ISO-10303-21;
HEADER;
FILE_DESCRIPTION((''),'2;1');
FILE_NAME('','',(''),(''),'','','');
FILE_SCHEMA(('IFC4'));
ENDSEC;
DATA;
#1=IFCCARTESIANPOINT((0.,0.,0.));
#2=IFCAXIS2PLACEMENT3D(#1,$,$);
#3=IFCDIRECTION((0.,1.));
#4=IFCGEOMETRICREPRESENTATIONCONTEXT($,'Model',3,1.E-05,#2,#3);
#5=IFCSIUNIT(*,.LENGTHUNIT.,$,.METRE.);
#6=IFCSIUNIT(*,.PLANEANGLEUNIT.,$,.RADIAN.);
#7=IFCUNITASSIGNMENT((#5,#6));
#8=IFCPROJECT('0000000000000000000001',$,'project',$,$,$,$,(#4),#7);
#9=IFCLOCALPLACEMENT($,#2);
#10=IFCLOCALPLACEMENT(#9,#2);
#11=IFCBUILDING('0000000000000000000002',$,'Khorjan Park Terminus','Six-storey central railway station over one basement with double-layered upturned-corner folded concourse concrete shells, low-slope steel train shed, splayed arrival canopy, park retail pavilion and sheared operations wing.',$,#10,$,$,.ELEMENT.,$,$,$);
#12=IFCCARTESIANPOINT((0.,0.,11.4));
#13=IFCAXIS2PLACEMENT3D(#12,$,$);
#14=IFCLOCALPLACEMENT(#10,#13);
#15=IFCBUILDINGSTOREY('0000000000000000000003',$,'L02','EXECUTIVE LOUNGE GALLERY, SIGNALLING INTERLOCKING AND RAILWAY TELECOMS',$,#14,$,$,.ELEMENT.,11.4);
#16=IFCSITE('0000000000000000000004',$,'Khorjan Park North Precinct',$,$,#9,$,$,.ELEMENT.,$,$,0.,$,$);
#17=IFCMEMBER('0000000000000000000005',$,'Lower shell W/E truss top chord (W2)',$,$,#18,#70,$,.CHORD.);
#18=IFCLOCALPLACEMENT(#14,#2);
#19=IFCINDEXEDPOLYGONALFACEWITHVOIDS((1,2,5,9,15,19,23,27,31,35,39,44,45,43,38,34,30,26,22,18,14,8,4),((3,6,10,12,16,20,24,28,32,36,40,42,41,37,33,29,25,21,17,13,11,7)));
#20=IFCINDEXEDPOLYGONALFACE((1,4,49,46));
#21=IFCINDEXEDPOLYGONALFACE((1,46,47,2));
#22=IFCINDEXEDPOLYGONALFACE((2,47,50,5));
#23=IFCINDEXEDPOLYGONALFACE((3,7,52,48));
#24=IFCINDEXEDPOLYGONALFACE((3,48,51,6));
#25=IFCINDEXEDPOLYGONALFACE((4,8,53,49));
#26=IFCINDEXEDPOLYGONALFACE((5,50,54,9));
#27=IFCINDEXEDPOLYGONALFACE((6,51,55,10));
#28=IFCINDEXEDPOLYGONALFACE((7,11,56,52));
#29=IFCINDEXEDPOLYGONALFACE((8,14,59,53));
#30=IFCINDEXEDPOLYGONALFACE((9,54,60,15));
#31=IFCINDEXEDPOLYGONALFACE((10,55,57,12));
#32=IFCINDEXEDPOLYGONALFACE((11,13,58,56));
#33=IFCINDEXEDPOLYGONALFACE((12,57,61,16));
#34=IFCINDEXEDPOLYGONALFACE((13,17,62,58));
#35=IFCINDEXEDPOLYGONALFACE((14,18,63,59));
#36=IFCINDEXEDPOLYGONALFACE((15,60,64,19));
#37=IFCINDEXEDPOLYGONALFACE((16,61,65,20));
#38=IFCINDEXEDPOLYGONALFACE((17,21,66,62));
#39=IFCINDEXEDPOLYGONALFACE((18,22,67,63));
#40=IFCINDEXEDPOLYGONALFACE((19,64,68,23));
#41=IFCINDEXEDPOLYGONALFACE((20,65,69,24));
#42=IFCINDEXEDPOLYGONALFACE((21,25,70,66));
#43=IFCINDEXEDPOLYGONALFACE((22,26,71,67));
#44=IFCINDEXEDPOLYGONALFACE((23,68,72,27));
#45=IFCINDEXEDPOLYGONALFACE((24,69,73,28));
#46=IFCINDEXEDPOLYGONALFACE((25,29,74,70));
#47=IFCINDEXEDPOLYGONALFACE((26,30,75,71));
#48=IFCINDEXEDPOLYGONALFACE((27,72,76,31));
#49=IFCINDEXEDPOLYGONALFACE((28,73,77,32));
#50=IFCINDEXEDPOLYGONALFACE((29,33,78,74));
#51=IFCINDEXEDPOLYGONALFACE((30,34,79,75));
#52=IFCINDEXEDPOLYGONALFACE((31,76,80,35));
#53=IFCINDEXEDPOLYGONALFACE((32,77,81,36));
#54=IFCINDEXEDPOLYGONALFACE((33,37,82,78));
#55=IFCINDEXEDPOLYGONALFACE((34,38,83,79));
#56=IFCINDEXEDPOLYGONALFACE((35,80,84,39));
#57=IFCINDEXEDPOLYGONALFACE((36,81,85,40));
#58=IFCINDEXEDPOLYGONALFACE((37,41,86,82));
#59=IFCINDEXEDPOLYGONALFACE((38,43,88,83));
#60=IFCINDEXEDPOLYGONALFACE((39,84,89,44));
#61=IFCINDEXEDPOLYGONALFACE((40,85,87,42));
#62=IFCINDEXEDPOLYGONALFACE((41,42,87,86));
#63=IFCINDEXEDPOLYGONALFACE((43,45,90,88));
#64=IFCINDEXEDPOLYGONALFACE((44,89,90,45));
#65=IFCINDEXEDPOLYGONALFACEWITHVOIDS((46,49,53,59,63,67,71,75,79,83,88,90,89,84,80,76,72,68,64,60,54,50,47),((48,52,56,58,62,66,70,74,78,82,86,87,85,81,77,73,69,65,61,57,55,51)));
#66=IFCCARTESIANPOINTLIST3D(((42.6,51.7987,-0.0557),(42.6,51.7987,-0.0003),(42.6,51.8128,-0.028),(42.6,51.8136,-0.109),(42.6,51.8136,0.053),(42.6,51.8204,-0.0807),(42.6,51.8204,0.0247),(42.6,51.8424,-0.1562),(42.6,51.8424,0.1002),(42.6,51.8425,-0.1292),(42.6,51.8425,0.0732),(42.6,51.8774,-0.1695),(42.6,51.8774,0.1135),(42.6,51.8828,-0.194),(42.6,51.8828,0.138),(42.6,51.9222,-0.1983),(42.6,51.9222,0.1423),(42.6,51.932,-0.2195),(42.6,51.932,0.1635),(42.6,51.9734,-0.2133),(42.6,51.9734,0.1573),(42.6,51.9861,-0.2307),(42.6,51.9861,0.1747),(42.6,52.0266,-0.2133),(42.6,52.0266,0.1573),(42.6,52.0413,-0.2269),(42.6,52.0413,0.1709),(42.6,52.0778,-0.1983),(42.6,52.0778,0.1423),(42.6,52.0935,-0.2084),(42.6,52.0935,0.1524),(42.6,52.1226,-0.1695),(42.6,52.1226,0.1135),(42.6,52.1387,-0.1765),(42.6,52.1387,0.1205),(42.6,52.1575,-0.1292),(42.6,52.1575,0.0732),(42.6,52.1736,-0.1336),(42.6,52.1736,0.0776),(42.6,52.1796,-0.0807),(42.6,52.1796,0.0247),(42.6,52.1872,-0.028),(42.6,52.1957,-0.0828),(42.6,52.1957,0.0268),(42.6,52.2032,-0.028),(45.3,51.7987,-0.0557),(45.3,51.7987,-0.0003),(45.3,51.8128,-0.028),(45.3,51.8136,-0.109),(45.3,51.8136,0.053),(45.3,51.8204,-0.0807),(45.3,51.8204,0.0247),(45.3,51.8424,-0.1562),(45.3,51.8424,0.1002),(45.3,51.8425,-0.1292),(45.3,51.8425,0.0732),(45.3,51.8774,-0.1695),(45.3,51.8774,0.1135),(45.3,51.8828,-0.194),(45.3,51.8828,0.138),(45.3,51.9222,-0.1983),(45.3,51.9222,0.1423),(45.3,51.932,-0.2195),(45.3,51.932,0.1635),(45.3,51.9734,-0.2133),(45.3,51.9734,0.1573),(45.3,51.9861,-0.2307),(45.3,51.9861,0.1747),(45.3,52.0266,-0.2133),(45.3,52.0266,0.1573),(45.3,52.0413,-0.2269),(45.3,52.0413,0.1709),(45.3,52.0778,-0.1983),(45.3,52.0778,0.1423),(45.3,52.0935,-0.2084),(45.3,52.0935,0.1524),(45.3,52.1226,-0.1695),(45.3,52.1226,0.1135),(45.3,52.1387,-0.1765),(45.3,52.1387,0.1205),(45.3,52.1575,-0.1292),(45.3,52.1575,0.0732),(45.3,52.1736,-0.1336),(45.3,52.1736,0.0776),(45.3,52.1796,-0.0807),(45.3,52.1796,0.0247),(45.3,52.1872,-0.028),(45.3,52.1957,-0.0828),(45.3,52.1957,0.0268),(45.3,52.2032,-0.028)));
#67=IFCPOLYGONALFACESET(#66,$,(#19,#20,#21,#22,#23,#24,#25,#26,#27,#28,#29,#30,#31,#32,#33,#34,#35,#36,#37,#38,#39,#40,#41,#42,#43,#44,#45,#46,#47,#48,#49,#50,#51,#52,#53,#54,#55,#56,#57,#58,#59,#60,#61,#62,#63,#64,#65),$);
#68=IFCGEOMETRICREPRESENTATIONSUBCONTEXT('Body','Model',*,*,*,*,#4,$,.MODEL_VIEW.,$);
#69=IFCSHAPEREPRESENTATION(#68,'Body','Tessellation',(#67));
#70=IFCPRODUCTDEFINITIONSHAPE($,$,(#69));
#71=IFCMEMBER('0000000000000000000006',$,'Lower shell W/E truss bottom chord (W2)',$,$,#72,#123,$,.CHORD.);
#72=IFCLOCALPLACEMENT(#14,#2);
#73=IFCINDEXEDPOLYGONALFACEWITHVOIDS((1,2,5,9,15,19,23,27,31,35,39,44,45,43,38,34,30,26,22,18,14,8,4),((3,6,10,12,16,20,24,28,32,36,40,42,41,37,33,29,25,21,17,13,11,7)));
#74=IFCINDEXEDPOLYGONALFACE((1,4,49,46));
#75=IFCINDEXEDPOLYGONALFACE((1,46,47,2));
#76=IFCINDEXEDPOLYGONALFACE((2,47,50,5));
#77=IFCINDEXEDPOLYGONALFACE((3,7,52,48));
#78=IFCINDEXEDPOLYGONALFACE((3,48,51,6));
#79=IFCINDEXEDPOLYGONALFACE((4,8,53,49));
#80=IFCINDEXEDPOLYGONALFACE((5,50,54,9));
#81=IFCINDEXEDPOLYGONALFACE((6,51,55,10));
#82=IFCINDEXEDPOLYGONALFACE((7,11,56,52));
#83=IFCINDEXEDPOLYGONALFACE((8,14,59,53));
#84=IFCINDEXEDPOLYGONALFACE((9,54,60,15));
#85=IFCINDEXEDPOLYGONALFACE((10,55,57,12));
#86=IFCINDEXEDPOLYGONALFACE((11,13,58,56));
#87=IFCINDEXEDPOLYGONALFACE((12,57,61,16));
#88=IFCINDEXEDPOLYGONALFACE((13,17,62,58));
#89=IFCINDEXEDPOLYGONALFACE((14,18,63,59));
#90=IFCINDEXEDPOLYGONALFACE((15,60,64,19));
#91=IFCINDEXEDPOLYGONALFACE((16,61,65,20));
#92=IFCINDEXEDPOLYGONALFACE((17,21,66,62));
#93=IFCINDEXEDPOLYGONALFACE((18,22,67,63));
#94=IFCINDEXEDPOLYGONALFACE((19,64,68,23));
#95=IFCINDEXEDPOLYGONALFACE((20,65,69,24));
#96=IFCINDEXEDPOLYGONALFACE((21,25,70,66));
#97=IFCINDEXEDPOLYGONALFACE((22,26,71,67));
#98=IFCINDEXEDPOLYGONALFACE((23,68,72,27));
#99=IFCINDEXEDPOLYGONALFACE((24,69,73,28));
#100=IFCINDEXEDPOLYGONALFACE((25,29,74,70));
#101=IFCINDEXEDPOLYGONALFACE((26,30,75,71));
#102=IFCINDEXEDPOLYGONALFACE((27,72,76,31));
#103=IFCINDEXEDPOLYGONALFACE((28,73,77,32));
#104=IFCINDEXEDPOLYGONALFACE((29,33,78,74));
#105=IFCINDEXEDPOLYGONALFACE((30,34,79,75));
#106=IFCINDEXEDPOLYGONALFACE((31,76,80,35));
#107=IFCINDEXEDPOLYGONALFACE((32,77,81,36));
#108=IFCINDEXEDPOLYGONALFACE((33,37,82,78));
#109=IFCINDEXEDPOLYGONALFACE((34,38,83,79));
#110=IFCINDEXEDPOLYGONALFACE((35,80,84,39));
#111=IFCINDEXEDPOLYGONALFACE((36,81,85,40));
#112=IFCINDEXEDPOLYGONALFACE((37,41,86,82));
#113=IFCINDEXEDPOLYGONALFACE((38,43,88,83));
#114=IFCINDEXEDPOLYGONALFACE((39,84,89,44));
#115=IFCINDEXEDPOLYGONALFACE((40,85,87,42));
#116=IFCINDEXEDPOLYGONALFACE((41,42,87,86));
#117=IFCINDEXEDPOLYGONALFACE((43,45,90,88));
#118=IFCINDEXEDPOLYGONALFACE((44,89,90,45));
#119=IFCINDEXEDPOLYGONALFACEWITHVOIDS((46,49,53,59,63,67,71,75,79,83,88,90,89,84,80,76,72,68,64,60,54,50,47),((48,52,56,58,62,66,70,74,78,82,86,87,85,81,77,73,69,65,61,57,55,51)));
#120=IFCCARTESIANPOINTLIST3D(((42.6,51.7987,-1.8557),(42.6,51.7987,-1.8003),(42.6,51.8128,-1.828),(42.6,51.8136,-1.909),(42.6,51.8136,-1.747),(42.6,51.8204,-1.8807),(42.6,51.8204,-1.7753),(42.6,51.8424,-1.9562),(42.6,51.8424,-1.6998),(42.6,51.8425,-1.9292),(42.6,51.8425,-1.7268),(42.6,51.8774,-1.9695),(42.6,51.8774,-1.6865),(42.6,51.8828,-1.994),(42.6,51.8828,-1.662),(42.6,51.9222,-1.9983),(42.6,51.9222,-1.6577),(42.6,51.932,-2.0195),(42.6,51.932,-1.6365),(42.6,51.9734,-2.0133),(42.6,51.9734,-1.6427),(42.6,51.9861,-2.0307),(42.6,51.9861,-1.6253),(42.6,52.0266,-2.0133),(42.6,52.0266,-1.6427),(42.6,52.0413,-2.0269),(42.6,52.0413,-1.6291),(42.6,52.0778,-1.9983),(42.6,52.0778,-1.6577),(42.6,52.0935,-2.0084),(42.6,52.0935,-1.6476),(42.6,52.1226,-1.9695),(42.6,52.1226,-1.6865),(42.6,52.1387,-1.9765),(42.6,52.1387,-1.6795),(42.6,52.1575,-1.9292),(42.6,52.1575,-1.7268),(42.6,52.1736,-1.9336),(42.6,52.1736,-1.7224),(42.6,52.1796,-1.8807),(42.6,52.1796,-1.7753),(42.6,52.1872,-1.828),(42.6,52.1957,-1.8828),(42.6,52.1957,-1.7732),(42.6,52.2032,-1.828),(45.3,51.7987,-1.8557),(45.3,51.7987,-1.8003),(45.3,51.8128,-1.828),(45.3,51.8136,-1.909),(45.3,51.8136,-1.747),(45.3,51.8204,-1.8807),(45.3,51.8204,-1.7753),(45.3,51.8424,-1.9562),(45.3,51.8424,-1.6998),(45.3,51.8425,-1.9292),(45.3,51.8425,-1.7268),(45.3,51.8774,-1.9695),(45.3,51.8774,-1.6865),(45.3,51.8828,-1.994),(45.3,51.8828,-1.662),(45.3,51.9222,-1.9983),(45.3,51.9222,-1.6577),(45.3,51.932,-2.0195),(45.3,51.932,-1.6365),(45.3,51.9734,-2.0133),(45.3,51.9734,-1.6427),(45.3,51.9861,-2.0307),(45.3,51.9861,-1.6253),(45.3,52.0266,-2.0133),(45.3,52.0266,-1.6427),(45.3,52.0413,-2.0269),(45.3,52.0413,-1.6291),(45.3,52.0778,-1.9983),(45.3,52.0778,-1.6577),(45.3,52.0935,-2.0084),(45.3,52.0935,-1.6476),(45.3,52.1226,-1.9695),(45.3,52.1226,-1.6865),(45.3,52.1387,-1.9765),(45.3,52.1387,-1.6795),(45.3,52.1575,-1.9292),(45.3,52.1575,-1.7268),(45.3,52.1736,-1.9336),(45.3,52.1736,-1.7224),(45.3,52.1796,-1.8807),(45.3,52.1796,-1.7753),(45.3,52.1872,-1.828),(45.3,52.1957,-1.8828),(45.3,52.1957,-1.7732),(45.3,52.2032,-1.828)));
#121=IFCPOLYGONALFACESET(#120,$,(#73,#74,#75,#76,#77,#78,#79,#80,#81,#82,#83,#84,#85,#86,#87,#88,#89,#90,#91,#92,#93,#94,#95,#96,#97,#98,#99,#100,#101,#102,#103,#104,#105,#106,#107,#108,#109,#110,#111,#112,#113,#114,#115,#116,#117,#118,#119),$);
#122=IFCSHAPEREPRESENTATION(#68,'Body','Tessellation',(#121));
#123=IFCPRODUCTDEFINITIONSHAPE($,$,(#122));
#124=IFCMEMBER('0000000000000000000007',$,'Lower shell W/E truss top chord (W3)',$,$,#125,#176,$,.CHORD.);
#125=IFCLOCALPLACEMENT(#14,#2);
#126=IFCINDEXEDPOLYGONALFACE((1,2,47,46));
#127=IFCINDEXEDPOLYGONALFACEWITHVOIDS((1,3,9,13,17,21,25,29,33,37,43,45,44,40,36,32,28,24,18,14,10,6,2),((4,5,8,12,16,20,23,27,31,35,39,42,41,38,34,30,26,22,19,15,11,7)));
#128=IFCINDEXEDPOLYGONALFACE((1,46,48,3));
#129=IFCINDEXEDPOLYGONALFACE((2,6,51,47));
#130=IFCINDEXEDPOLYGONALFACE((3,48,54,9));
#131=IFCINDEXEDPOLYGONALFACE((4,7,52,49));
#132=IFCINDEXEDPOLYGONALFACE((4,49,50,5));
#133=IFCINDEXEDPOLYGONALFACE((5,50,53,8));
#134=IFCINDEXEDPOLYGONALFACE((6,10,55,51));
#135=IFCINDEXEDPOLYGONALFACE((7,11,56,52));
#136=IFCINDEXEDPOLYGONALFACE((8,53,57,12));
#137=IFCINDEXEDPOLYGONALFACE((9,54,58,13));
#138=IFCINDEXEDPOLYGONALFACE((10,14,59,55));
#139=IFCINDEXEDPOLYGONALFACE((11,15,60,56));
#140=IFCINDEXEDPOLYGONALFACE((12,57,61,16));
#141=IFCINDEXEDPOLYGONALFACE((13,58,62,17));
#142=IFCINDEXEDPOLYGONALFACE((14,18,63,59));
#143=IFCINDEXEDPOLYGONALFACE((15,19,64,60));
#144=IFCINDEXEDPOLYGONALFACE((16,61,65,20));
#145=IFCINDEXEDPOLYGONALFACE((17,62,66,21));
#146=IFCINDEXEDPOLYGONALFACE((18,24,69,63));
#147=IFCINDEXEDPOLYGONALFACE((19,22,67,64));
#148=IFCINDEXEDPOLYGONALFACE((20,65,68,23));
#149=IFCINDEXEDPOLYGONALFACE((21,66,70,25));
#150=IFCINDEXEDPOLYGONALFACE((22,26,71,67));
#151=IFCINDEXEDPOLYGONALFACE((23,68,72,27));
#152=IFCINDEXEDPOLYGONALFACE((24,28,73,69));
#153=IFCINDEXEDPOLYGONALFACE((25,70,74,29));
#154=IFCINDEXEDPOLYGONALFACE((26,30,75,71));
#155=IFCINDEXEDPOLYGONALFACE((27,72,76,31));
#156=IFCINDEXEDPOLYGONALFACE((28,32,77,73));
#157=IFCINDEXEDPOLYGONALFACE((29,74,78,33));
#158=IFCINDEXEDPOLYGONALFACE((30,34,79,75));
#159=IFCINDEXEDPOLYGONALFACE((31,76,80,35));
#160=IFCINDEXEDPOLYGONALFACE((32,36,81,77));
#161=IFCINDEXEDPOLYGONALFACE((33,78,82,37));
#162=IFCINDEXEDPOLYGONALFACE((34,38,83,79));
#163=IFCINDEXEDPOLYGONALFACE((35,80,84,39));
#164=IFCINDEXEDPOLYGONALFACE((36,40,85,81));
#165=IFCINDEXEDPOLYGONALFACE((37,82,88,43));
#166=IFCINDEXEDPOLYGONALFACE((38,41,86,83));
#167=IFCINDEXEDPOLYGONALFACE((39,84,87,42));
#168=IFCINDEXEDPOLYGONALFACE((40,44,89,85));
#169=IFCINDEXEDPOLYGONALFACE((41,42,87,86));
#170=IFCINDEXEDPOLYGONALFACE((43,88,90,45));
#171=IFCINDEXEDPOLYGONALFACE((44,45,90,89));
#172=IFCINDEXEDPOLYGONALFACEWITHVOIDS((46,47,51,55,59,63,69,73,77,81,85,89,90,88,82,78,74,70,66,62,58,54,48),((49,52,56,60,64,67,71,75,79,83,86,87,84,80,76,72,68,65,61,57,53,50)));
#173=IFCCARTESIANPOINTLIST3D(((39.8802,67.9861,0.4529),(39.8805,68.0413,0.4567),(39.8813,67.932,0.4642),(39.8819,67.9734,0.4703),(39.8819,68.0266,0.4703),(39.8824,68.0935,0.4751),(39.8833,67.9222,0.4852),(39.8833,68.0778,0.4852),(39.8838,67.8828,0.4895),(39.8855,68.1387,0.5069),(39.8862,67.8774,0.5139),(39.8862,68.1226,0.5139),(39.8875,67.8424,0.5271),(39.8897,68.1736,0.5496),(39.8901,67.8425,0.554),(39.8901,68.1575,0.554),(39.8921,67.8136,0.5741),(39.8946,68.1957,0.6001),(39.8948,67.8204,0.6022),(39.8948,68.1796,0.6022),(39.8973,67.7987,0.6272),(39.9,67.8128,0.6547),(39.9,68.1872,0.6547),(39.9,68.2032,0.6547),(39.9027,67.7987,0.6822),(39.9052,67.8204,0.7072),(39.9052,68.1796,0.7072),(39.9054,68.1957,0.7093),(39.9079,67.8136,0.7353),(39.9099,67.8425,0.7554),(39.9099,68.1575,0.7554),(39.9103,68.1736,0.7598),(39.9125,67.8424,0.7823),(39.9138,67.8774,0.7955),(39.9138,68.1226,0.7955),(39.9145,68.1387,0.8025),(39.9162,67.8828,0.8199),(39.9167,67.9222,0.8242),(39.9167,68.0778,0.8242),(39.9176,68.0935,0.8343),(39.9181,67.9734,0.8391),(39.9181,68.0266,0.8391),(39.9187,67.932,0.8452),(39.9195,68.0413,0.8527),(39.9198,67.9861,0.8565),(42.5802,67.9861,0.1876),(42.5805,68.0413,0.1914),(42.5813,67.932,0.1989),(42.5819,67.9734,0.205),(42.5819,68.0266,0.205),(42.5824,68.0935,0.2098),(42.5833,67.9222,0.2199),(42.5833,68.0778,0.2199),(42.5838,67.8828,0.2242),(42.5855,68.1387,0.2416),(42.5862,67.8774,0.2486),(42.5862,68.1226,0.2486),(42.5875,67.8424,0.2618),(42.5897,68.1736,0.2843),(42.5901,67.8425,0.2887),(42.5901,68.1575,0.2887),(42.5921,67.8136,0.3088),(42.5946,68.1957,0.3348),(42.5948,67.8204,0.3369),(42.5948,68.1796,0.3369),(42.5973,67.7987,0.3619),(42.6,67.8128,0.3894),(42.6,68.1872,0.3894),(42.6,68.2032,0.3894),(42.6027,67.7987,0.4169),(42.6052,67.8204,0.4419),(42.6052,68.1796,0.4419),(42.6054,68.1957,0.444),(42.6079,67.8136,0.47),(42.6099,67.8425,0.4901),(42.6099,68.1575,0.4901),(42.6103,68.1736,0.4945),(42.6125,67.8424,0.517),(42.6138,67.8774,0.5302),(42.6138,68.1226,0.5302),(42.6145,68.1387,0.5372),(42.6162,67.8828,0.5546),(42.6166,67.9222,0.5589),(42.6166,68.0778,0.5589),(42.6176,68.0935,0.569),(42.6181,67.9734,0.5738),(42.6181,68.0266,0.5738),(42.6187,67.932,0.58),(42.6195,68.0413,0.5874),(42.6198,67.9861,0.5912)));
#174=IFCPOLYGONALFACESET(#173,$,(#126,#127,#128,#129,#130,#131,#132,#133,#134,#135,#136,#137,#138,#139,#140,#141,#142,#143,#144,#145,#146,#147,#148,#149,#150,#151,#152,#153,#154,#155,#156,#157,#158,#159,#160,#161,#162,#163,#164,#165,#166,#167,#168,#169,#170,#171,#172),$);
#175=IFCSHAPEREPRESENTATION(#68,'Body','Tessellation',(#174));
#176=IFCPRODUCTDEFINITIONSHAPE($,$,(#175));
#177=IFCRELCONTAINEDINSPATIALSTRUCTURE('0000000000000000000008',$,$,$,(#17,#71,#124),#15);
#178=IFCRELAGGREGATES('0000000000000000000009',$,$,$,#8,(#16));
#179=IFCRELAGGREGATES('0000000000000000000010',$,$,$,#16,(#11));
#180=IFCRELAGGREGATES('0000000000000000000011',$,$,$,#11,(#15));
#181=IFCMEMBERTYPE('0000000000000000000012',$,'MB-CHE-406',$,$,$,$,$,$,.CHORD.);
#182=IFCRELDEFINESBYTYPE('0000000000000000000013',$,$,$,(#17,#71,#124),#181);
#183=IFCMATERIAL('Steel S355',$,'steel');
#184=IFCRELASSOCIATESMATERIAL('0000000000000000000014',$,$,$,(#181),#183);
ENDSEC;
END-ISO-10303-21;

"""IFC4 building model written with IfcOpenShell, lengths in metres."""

from ifc_helpers import new_model, si_unit, direction, frame, origin, origin_2d, place, context, subcontext, project, spatial, hollow_circle, extrude, material, material_profile, profile_set, type_object, element, save


model = new_model("IFC4")

# Units and contexts
model_context = context("Model", 3, precision=1e-05, world=origin(), true_north=direction((0.0, 1.0)))
body_context = subcontext(model_context, "Body", "Model", "MODEL_VIEW")
ifc_project = project(units=[si_unit("LENGTHUNIT", "METRE"), si_unit("PLANEANGLEUNIT", "RADIAN")], contexts=[model_context])

# Site, building, storey
site_placement = place(None, origin())
site = spatial("IfcSite", under=ifc_project, at=site_placement, Name="Khorjan Park North Precinct", CompositionType="ELEMENT", RefElevation=0.0)
building_placement = place(site_placement, origin())
building = spatial("IfcBuilding", under=site, at=building_placement, Name="Khorjan Park Terminus", Description="Six-storey central railway station over one basement with double-layered upturned-corner folded concourse concrete shells, low-slope steel train shed, splayed arrival canopy, park retail pavilion and sheared operations wing.", CompositionType="ELEMENT")
storey_placement = place(building_placement, frame((0.0, 0.0, 11.4)))
storey = spatial("IfcBuildingStorey", under=building, at=storey_placement, Name="L02", Description="EXECUTIVE LOUNGE GALLERY, SIGNALLING INTERLOCKING AND RAILWAY TELECOMS", CompositionType="ELEMENT", Elevation=11.4)

# Members
ifc_material_1 = material(Name="Steel S355", Category="steel")
ifc_material_profile_1 = material_profile(ifc_material_1, hollow_circle(Radius=0.2032, WallThickness=0.016, at=origin_2d()), Name="CHS 406.4x16")
ifc_profile_set_1 = profile_set([ifc_material_profile_1], Name="Steel S355")
member_type_1 = type_object("IfcMemberType", Name="MB-CHE-406", PredefinedType="CHORD", material=ifc_profile_set_1)
for number, where, z_axis, x_axis, name in (
    (1, (42.6, 52.0, -0.028), (1.0, 0.0, 0.0), (0.0, 1.0, 0.0), "Lower shell W/E truss top chord (W2)"),
    (2, (42.6, 52.0, -1.828), (1.0, 0.0, 0.0), (0.0, 1.0, 0.0), "Lower shell W/E truss bottom chord (W2)"),
):
    element("IfcMember", number, at=place(storey_placement, frame(where, z_axis=z_axis, x_axis=x_axis)), inside=storey, type_object=member_type_1, Name=name, PredefinedType="CHORD", context=body_context, shape_type="SweptSolid", body=[
        extrude(hollow_circle(Radius=0.2032, WallThickness=0.016, at=origin_2d()), origin(), (0.0, 0.0, 1.0), 2.7),
    ])
for number, where, z_axis, x_axis, name in (
    (3, (39.9, 68.0, 0.6547), (0.995207, 0.0, -0.097788), (0.0, 1.0, 0.0), "Lower shell W/E truss top chord (W3)"),
):
    element("IfcMember", number, at=place(storey_placement, frame(where, z_axis=z_axis, x_axis=x_axis)), inside=storey, type_object=member_type_1, Name=name, PredefinedType="CHORD", context=body_context, shape_type="SweptSolid", body=[
        extrude(hollow_circle(Radius=0.2032, WallThickness=0.016, at=origin_2d()), origin(), (0.0, 0.0, 1.0), 2.713),
    ])

save(model, "model.ifc")
